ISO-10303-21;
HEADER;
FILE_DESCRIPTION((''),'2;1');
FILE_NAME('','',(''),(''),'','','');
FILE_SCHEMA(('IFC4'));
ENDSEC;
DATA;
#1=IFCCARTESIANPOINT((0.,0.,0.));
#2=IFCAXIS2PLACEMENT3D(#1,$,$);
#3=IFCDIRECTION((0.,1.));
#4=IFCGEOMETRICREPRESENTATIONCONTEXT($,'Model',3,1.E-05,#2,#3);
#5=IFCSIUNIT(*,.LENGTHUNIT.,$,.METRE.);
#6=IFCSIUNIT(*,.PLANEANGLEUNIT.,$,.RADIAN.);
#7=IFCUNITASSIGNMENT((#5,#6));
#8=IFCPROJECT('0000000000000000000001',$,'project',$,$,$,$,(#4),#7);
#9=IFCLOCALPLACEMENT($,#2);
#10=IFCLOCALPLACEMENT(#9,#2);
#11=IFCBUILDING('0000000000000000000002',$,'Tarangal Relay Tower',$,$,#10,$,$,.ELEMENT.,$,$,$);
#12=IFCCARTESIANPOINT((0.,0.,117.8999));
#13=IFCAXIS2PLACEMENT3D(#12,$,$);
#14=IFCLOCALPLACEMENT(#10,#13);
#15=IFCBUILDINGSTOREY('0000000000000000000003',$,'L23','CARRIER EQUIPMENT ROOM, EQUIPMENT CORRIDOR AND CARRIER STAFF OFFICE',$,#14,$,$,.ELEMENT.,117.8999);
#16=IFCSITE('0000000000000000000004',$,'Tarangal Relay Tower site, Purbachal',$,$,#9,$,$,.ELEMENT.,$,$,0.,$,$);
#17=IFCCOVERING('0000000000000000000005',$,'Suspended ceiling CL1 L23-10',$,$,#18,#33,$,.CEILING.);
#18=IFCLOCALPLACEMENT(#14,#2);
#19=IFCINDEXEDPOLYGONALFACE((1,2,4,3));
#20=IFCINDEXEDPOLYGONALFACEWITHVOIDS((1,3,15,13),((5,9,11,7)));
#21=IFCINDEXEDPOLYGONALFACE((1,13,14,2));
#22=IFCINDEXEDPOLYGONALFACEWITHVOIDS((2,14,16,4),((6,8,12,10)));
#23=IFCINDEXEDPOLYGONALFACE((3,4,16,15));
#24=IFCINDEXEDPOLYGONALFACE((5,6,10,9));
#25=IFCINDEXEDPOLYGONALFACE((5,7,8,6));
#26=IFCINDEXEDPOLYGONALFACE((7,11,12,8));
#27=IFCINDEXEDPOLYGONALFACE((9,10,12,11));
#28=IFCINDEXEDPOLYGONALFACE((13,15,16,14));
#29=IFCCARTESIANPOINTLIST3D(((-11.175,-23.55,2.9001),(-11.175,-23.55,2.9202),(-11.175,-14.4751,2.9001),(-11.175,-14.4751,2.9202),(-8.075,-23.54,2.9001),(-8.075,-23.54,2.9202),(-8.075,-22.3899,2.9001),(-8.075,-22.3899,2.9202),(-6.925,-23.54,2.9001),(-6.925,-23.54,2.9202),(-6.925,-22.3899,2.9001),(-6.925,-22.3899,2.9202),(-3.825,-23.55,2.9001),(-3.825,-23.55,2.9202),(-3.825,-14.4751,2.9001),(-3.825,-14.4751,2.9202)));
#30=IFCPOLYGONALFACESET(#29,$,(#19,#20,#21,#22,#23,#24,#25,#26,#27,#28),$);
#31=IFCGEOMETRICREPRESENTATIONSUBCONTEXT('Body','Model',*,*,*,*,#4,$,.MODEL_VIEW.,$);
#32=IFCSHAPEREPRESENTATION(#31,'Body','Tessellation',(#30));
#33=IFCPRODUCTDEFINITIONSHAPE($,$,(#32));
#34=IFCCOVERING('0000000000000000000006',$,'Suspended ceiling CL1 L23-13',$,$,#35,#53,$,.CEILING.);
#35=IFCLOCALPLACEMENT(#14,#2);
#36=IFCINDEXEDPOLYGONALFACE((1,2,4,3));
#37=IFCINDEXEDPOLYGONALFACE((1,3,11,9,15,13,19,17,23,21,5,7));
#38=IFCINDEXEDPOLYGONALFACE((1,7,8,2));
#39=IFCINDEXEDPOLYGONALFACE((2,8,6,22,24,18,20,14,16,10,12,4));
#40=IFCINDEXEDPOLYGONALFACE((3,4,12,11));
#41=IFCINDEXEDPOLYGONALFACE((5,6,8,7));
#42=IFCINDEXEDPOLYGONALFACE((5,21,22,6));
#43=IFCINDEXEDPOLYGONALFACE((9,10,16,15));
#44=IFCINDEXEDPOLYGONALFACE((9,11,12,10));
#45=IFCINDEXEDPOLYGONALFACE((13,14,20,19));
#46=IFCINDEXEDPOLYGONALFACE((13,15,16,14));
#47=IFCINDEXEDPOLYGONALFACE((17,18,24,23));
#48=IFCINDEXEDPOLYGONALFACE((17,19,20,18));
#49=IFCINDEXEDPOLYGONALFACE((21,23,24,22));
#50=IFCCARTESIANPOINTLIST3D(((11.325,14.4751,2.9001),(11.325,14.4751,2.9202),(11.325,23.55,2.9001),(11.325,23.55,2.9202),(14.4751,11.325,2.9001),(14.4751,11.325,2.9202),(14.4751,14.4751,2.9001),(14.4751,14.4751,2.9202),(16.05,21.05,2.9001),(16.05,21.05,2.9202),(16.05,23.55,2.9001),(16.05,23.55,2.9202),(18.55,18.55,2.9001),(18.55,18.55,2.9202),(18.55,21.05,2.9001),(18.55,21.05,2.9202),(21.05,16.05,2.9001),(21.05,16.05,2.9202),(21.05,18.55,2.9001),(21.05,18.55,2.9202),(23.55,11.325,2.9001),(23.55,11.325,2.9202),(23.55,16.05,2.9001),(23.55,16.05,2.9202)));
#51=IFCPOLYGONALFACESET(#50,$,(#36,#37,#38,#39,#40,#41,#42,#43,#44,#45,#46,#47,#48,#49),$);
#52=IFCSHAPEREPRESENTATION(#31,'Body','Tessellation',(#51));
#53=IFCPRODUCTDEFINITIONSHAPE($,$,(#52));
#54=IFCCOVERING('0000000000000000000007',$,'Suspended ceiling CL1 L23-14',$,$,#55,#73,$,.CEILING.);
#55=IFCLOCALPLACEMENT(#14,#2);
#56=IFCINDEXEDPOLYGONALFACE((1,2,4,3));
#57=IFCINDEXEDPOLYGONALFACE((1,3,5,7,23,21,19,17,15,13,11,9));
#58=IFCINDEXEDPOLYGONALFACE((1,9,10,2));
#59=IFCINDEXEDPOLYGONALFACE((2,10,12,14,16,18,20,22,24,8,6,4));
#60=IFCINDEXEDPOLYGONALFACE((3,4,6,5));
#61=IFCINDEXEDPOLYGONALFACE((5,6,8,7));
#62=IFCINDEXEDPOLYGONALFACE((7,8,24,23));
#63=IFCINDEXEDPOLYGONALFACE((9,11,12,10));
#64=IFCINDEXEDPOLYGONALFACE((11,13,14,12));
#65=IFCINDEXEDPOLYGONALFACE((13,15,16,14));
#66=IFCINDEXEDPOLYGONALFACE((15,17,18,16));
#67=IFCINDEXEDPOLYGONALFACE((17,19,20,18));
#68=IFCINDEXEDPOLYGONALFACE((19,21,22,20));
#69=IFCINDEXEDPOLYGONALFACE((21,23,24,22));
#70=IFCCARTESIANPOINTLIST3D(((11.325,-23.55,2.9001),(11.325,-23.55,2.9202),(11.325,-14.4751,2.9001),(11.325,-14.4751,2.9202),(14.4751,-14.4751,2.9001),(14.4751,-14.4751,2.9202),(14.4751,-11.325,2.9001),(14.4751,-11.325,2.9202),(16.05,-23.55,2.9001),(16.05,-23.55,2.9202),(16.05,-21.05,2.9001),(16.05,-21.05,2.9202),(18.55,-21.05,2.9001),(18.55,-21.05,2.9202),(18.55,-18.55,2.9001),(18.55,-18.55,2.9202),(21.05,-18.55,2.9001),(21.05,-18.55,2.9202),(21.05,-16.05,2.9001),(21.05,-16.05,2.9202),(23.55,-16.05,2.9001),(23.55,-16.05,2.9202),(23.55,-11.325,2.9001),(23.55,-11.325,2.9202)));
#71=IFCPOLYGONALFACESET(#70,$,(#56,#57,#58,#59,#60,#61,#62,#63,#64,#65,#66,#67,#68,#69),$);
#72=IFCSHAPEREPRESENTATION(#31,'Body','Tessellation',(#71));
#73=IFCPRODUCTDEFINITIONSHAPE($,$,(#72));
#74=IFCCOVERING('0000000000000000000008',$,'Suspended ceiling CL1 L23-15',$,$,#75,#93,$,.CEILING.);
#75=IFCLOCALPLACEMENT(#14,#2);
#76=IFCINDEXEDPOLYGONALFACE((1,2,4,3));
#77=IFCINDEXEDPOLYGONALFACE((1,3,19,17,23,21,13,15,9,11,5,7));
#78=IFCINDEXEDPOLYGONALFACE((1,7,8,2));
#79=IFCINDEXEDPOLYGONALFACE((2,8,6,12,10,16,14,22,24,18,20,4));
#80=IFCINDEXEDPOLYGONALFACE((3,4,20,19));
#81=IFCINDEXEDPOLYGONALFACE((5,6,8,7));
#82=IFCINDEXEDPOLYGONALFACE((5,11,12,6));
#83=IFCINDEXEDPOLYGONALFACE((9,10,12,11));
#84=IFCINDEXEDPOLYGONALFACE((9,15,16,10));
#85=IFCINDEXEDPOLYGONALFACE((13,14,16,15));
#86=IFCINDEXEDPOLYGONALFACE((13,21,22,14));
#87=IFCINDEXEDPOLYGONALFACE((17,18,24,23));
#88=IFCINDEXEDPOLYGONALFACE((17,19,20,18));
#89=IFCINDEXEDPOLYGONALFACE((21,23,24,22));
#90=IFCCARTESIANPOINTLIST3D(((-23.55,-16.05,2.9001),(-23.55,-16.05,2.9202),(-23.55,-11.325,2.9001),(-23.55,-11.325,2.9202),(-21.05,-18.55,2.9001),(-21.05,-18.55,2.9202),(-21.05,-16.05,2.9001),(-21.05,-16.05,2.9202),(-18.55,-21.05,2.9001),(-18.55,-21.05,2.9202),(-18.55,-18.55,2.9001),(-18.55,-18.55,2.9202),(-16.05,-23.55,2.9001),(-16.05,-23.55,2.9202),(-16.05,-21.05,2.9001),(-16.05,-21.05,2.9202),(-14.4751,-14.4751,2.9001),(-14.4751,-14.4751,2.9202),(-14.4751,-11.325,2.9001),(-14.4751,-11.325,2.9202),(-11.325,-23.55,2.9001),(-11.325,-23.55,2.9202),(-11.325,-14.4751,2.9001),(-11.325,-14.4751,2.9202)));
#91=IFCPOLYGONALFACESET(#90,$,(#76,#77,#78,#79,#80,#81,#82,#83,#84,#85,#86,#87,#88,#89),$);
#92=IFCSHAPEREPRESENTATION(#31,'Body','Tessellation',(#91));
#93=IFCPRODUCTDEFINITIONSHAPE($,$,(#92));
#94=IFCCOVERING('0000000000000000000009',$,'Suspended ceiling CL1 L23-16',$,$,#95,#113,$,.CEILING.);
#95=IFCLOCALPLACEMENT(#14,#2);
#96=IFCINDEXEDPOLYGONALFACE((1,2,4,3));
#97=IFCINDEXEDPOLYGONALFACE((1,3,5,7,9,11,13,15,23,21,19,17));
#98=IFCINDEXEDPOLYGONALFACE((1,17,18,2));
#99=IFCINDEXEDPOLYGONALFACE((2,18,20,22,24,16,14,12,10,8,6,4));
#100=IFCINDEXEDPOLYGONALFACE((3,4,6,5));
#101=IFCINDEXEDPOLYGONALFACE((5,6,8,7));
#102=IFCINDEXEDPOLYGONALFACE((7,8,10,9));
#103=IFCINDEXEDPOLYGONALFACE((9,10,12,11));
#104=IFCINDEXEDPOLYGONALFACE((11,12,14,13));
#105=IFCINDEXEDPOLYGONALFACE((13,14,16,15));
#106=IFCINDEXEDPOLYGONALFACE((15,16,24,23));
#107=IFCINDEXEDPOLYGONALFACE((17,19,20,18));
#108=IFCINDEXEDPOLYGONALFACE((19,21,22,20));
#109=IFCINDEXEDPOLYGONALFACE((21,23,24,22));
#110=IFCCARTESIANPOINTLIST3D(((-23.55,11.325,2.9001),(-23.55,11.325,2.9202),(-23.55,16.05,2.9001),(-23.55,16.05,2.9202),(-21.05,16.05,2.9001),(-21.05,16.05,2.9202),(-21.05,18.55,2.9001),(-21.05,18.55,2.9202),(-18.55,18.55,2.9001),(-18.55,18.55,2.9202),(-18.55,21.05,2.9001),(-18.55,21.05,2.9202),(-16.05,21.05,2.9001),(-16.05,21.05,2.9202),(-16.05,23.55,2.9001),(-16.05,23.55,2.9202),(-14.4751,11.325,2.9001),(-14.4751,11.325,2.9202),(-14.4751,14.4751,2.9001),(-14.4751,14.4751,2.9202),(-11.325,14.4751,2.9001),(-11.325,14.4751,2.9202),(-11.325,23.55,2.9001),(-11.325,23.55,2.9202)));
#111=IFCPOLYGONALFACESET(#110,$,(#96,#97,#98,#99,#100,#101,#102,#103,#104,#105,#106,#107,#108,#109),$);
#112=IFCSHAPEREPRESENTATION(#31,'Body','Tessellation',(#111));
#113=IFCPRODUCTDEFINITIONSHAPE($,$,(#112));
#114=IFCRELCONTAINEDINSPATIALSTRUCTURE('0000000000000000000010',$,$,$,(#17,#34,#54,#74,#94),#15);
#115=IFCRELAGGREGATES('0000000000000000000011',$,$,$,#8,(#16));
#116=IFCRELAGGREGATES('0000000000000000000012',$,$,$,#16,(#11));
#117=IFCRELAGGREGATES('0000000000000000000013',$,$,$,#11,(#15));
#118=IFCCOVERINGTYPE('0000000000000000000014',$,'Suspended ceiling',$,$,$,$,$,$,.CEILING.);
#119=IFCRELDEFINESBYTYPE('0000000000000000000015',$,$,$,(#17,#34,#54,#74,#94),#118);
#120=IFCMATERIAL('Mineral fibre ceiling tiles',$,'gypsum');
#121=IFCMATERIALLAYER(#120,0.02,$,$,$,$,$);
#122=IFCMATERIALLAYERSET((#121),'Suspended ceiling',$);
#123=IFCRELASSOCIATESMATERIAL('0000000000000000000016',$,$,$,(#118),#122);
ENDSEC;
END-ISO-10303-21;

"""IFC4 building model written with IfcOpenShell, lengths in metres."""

from ifc_helpers import new_model, si_unit, direction, frame, origin, place, context, subcontext, project, spatial, polyline, outline, extrude, material, layer, layer_set, type_object, element, save


model = new_model("IFC4")

# Units and contexts
model_context = context("Model", 3, precision=1e-05, world=origin(), true_north=direction((0.0, 1.0)))
body_context = subcontext(model_context, "Body", "Model", "MODEL_VIEW")
ifc_project = project(units=[si_unit("LENGTHUNIT", "METRE"), si_unit("PLANEANGLEUNIT", "RADIAN")], contexts=[model_context])

# Site, building, storey
site_placement = place(None, origin())
site = spatial("IfcSite", under=ifc_project, at=site_placement, Name="Tarangal Relay Tower site, Purbachal", CompositionType="ELEMENT", RefElevation=0.0)
building_placement = place(site_placement, origin())
building = spatial("IfcBuilding", under=site, at=building_placement, Name="Tarangal Relay Tower", CompositionType="ELEMENT")
storey_placement = place(building_placement, frame((0.0, 0.0, 117.8999)))
storey = spatial("IfcBuildingStorey", under=building, at=storey_placement, Name="L23", Description="CARRIER EQUIPMENT ROOM, EQUIPMENT CORRIDOR AND CARRIER STAFF OFFICE", CompositionType="ELEMENT", Elevation=117.8999)

# Coverings
ifc_material_1 = material(Name="Mineral fibre ceiling tiles", Category="gypsum")
ifc_layer_1 = layer(ifc_material_1, 0.02)
ifc_layer_set_1 = layer_set([ifc_layer_1], Name="Suspended ceiling")
covering_type_1 = type_object("IfcCoveringType", Name="Suspended ceiling", PredefinedType="CEILING", material=ifc_layer_set_1)
covering_1_placement = place(storey_placement, frame((0.0, 0.0, 2.9001)))
element("IfcCovering", 1, at=covering_1_placement, inside=storey, type_object=covering_type_1, Name="Suspended ceiling CL1 L23-10", PredefinedType="CEILING", context=body_context, shape_type="SweptSolid", body=[
    extrude(outline(polyline([(-11.175, -23.55), (-3.825, -23.55), (-3.825, -14.4751), (-11.175, -14.4751), (-11.175, -23.55)]), holes=[polyline([(-6.925, -22.3899), (-8.075, -22.3899), (-8.075, -23.54), (-6.925, -23.54), (-6.925, -22.3899)])]), origin(), (0.0, 0.0, 1.0), 0.02),
])
covering_2_placement = place(storey_placement, frame((0.0, 0.0, 2.9001)))
element("IfcCovering", 2, at=covering_2_placement, inside=storey, type_object=covering_type_1, Name="Suspended ceiling CL1 L23-13", PredefinedType="CEILING", context=body_context, shape_type="SweptSolid", body=[
    extrude(outline(polyline([(16.05, 23.55), (11.325, 23.55), (11.325, 14.4751), (14.4751, 14.4751), (14.4751, 11.325), (23.55, 11.325), (23.55, 16.05), (21.05, 16.05), (21.05, 18.55), (18.55, 18.55), (18.55, 21.05), (16.05, 21.05), (16.05, 23.55)])), origin(), (0.0, 0.0, 1.0), 0.02),
])
covering_3_placement = place(storey_placement, frame((0.0, 0.0, 2.9001)))
element("IfcCovering", 3, at=covering_3_placement, inside=storey, type_object=covering_type_1, Name="Suspended ceiling CL1 L23-14", PredefinedType="CEILING", context=body_context, shape_type="SweptSolid", body=[
    extrude(outline(polyline([(23.55, -16.05), (23.55, -11.325), (14.4751, -11.325), (14.4751, -14.4751), (11.325, -14.4751), (11.325, -23.55), (16.05, -23.55), (16.05, -21.05), (18.55, -21.05), (18.55, -18.55), (21.05, -18.55), (21.05, -16.05), (23.55, -16.05)])), origin(), (0.0, 0.0, 1.0), 0.02),
])
covering_4_placement = place(storey_placement, frame((0.0, 0.0, 2.9001)))
element("IfcCovering", 4, at=covering_4_placement, inside=storey, type_object=covering_type_1, Name="Suspended ceiling CL1 L23-15", PredefinedType="CEILING", context=body_context, shape_type="SweptSolid", body=[
    extrude(outline(polyline([(-16.05, -21.05), (-16.05, -23.55), (-11.325, -23.55), (-11.325, -14.4751), (-14.4751, -14.4751), (-14.4751, -11.325), (-23.55, -11.325), (-23.55, -16.05), (-21.05, -16.05), (-21.05, -18.55), (-18.55, -18.55), (-18.55, -21.05), (-16.05, -21.05)])), origin(), (0.0, 0.0, 1.0), 0.02),
])
covering_5_placement = place(storey_placement, frame((0.0, 0.0, 2.9001)))
element("IfcCovering", 5, at=covering_5_placement, inside=storey, type_object=covering_type_1, Name="Suspended ceiling CL1 L23-16", PredefinedType="CEILING", context=body_context, shape_type="SweptSolid", body=[
    extrude(outline(polyline([(-21.05, 16.05), (-23.55, 16.05), (-23.55, 11.325), (-14.4751, 11.325), (-14.4751, 14.4751), (-11.325, 14.4751), (-11.325, 23.55), (-16.05, 23.55), (-16.05, 21.05), (-18.55, 21.05), (-18.55, 18.55), (-21.05, 18.55), (-21.05, 16.05)])), origin(), (0.0, 0.0, 1.0), 0.02),
])

save(model, "model.ifc")
